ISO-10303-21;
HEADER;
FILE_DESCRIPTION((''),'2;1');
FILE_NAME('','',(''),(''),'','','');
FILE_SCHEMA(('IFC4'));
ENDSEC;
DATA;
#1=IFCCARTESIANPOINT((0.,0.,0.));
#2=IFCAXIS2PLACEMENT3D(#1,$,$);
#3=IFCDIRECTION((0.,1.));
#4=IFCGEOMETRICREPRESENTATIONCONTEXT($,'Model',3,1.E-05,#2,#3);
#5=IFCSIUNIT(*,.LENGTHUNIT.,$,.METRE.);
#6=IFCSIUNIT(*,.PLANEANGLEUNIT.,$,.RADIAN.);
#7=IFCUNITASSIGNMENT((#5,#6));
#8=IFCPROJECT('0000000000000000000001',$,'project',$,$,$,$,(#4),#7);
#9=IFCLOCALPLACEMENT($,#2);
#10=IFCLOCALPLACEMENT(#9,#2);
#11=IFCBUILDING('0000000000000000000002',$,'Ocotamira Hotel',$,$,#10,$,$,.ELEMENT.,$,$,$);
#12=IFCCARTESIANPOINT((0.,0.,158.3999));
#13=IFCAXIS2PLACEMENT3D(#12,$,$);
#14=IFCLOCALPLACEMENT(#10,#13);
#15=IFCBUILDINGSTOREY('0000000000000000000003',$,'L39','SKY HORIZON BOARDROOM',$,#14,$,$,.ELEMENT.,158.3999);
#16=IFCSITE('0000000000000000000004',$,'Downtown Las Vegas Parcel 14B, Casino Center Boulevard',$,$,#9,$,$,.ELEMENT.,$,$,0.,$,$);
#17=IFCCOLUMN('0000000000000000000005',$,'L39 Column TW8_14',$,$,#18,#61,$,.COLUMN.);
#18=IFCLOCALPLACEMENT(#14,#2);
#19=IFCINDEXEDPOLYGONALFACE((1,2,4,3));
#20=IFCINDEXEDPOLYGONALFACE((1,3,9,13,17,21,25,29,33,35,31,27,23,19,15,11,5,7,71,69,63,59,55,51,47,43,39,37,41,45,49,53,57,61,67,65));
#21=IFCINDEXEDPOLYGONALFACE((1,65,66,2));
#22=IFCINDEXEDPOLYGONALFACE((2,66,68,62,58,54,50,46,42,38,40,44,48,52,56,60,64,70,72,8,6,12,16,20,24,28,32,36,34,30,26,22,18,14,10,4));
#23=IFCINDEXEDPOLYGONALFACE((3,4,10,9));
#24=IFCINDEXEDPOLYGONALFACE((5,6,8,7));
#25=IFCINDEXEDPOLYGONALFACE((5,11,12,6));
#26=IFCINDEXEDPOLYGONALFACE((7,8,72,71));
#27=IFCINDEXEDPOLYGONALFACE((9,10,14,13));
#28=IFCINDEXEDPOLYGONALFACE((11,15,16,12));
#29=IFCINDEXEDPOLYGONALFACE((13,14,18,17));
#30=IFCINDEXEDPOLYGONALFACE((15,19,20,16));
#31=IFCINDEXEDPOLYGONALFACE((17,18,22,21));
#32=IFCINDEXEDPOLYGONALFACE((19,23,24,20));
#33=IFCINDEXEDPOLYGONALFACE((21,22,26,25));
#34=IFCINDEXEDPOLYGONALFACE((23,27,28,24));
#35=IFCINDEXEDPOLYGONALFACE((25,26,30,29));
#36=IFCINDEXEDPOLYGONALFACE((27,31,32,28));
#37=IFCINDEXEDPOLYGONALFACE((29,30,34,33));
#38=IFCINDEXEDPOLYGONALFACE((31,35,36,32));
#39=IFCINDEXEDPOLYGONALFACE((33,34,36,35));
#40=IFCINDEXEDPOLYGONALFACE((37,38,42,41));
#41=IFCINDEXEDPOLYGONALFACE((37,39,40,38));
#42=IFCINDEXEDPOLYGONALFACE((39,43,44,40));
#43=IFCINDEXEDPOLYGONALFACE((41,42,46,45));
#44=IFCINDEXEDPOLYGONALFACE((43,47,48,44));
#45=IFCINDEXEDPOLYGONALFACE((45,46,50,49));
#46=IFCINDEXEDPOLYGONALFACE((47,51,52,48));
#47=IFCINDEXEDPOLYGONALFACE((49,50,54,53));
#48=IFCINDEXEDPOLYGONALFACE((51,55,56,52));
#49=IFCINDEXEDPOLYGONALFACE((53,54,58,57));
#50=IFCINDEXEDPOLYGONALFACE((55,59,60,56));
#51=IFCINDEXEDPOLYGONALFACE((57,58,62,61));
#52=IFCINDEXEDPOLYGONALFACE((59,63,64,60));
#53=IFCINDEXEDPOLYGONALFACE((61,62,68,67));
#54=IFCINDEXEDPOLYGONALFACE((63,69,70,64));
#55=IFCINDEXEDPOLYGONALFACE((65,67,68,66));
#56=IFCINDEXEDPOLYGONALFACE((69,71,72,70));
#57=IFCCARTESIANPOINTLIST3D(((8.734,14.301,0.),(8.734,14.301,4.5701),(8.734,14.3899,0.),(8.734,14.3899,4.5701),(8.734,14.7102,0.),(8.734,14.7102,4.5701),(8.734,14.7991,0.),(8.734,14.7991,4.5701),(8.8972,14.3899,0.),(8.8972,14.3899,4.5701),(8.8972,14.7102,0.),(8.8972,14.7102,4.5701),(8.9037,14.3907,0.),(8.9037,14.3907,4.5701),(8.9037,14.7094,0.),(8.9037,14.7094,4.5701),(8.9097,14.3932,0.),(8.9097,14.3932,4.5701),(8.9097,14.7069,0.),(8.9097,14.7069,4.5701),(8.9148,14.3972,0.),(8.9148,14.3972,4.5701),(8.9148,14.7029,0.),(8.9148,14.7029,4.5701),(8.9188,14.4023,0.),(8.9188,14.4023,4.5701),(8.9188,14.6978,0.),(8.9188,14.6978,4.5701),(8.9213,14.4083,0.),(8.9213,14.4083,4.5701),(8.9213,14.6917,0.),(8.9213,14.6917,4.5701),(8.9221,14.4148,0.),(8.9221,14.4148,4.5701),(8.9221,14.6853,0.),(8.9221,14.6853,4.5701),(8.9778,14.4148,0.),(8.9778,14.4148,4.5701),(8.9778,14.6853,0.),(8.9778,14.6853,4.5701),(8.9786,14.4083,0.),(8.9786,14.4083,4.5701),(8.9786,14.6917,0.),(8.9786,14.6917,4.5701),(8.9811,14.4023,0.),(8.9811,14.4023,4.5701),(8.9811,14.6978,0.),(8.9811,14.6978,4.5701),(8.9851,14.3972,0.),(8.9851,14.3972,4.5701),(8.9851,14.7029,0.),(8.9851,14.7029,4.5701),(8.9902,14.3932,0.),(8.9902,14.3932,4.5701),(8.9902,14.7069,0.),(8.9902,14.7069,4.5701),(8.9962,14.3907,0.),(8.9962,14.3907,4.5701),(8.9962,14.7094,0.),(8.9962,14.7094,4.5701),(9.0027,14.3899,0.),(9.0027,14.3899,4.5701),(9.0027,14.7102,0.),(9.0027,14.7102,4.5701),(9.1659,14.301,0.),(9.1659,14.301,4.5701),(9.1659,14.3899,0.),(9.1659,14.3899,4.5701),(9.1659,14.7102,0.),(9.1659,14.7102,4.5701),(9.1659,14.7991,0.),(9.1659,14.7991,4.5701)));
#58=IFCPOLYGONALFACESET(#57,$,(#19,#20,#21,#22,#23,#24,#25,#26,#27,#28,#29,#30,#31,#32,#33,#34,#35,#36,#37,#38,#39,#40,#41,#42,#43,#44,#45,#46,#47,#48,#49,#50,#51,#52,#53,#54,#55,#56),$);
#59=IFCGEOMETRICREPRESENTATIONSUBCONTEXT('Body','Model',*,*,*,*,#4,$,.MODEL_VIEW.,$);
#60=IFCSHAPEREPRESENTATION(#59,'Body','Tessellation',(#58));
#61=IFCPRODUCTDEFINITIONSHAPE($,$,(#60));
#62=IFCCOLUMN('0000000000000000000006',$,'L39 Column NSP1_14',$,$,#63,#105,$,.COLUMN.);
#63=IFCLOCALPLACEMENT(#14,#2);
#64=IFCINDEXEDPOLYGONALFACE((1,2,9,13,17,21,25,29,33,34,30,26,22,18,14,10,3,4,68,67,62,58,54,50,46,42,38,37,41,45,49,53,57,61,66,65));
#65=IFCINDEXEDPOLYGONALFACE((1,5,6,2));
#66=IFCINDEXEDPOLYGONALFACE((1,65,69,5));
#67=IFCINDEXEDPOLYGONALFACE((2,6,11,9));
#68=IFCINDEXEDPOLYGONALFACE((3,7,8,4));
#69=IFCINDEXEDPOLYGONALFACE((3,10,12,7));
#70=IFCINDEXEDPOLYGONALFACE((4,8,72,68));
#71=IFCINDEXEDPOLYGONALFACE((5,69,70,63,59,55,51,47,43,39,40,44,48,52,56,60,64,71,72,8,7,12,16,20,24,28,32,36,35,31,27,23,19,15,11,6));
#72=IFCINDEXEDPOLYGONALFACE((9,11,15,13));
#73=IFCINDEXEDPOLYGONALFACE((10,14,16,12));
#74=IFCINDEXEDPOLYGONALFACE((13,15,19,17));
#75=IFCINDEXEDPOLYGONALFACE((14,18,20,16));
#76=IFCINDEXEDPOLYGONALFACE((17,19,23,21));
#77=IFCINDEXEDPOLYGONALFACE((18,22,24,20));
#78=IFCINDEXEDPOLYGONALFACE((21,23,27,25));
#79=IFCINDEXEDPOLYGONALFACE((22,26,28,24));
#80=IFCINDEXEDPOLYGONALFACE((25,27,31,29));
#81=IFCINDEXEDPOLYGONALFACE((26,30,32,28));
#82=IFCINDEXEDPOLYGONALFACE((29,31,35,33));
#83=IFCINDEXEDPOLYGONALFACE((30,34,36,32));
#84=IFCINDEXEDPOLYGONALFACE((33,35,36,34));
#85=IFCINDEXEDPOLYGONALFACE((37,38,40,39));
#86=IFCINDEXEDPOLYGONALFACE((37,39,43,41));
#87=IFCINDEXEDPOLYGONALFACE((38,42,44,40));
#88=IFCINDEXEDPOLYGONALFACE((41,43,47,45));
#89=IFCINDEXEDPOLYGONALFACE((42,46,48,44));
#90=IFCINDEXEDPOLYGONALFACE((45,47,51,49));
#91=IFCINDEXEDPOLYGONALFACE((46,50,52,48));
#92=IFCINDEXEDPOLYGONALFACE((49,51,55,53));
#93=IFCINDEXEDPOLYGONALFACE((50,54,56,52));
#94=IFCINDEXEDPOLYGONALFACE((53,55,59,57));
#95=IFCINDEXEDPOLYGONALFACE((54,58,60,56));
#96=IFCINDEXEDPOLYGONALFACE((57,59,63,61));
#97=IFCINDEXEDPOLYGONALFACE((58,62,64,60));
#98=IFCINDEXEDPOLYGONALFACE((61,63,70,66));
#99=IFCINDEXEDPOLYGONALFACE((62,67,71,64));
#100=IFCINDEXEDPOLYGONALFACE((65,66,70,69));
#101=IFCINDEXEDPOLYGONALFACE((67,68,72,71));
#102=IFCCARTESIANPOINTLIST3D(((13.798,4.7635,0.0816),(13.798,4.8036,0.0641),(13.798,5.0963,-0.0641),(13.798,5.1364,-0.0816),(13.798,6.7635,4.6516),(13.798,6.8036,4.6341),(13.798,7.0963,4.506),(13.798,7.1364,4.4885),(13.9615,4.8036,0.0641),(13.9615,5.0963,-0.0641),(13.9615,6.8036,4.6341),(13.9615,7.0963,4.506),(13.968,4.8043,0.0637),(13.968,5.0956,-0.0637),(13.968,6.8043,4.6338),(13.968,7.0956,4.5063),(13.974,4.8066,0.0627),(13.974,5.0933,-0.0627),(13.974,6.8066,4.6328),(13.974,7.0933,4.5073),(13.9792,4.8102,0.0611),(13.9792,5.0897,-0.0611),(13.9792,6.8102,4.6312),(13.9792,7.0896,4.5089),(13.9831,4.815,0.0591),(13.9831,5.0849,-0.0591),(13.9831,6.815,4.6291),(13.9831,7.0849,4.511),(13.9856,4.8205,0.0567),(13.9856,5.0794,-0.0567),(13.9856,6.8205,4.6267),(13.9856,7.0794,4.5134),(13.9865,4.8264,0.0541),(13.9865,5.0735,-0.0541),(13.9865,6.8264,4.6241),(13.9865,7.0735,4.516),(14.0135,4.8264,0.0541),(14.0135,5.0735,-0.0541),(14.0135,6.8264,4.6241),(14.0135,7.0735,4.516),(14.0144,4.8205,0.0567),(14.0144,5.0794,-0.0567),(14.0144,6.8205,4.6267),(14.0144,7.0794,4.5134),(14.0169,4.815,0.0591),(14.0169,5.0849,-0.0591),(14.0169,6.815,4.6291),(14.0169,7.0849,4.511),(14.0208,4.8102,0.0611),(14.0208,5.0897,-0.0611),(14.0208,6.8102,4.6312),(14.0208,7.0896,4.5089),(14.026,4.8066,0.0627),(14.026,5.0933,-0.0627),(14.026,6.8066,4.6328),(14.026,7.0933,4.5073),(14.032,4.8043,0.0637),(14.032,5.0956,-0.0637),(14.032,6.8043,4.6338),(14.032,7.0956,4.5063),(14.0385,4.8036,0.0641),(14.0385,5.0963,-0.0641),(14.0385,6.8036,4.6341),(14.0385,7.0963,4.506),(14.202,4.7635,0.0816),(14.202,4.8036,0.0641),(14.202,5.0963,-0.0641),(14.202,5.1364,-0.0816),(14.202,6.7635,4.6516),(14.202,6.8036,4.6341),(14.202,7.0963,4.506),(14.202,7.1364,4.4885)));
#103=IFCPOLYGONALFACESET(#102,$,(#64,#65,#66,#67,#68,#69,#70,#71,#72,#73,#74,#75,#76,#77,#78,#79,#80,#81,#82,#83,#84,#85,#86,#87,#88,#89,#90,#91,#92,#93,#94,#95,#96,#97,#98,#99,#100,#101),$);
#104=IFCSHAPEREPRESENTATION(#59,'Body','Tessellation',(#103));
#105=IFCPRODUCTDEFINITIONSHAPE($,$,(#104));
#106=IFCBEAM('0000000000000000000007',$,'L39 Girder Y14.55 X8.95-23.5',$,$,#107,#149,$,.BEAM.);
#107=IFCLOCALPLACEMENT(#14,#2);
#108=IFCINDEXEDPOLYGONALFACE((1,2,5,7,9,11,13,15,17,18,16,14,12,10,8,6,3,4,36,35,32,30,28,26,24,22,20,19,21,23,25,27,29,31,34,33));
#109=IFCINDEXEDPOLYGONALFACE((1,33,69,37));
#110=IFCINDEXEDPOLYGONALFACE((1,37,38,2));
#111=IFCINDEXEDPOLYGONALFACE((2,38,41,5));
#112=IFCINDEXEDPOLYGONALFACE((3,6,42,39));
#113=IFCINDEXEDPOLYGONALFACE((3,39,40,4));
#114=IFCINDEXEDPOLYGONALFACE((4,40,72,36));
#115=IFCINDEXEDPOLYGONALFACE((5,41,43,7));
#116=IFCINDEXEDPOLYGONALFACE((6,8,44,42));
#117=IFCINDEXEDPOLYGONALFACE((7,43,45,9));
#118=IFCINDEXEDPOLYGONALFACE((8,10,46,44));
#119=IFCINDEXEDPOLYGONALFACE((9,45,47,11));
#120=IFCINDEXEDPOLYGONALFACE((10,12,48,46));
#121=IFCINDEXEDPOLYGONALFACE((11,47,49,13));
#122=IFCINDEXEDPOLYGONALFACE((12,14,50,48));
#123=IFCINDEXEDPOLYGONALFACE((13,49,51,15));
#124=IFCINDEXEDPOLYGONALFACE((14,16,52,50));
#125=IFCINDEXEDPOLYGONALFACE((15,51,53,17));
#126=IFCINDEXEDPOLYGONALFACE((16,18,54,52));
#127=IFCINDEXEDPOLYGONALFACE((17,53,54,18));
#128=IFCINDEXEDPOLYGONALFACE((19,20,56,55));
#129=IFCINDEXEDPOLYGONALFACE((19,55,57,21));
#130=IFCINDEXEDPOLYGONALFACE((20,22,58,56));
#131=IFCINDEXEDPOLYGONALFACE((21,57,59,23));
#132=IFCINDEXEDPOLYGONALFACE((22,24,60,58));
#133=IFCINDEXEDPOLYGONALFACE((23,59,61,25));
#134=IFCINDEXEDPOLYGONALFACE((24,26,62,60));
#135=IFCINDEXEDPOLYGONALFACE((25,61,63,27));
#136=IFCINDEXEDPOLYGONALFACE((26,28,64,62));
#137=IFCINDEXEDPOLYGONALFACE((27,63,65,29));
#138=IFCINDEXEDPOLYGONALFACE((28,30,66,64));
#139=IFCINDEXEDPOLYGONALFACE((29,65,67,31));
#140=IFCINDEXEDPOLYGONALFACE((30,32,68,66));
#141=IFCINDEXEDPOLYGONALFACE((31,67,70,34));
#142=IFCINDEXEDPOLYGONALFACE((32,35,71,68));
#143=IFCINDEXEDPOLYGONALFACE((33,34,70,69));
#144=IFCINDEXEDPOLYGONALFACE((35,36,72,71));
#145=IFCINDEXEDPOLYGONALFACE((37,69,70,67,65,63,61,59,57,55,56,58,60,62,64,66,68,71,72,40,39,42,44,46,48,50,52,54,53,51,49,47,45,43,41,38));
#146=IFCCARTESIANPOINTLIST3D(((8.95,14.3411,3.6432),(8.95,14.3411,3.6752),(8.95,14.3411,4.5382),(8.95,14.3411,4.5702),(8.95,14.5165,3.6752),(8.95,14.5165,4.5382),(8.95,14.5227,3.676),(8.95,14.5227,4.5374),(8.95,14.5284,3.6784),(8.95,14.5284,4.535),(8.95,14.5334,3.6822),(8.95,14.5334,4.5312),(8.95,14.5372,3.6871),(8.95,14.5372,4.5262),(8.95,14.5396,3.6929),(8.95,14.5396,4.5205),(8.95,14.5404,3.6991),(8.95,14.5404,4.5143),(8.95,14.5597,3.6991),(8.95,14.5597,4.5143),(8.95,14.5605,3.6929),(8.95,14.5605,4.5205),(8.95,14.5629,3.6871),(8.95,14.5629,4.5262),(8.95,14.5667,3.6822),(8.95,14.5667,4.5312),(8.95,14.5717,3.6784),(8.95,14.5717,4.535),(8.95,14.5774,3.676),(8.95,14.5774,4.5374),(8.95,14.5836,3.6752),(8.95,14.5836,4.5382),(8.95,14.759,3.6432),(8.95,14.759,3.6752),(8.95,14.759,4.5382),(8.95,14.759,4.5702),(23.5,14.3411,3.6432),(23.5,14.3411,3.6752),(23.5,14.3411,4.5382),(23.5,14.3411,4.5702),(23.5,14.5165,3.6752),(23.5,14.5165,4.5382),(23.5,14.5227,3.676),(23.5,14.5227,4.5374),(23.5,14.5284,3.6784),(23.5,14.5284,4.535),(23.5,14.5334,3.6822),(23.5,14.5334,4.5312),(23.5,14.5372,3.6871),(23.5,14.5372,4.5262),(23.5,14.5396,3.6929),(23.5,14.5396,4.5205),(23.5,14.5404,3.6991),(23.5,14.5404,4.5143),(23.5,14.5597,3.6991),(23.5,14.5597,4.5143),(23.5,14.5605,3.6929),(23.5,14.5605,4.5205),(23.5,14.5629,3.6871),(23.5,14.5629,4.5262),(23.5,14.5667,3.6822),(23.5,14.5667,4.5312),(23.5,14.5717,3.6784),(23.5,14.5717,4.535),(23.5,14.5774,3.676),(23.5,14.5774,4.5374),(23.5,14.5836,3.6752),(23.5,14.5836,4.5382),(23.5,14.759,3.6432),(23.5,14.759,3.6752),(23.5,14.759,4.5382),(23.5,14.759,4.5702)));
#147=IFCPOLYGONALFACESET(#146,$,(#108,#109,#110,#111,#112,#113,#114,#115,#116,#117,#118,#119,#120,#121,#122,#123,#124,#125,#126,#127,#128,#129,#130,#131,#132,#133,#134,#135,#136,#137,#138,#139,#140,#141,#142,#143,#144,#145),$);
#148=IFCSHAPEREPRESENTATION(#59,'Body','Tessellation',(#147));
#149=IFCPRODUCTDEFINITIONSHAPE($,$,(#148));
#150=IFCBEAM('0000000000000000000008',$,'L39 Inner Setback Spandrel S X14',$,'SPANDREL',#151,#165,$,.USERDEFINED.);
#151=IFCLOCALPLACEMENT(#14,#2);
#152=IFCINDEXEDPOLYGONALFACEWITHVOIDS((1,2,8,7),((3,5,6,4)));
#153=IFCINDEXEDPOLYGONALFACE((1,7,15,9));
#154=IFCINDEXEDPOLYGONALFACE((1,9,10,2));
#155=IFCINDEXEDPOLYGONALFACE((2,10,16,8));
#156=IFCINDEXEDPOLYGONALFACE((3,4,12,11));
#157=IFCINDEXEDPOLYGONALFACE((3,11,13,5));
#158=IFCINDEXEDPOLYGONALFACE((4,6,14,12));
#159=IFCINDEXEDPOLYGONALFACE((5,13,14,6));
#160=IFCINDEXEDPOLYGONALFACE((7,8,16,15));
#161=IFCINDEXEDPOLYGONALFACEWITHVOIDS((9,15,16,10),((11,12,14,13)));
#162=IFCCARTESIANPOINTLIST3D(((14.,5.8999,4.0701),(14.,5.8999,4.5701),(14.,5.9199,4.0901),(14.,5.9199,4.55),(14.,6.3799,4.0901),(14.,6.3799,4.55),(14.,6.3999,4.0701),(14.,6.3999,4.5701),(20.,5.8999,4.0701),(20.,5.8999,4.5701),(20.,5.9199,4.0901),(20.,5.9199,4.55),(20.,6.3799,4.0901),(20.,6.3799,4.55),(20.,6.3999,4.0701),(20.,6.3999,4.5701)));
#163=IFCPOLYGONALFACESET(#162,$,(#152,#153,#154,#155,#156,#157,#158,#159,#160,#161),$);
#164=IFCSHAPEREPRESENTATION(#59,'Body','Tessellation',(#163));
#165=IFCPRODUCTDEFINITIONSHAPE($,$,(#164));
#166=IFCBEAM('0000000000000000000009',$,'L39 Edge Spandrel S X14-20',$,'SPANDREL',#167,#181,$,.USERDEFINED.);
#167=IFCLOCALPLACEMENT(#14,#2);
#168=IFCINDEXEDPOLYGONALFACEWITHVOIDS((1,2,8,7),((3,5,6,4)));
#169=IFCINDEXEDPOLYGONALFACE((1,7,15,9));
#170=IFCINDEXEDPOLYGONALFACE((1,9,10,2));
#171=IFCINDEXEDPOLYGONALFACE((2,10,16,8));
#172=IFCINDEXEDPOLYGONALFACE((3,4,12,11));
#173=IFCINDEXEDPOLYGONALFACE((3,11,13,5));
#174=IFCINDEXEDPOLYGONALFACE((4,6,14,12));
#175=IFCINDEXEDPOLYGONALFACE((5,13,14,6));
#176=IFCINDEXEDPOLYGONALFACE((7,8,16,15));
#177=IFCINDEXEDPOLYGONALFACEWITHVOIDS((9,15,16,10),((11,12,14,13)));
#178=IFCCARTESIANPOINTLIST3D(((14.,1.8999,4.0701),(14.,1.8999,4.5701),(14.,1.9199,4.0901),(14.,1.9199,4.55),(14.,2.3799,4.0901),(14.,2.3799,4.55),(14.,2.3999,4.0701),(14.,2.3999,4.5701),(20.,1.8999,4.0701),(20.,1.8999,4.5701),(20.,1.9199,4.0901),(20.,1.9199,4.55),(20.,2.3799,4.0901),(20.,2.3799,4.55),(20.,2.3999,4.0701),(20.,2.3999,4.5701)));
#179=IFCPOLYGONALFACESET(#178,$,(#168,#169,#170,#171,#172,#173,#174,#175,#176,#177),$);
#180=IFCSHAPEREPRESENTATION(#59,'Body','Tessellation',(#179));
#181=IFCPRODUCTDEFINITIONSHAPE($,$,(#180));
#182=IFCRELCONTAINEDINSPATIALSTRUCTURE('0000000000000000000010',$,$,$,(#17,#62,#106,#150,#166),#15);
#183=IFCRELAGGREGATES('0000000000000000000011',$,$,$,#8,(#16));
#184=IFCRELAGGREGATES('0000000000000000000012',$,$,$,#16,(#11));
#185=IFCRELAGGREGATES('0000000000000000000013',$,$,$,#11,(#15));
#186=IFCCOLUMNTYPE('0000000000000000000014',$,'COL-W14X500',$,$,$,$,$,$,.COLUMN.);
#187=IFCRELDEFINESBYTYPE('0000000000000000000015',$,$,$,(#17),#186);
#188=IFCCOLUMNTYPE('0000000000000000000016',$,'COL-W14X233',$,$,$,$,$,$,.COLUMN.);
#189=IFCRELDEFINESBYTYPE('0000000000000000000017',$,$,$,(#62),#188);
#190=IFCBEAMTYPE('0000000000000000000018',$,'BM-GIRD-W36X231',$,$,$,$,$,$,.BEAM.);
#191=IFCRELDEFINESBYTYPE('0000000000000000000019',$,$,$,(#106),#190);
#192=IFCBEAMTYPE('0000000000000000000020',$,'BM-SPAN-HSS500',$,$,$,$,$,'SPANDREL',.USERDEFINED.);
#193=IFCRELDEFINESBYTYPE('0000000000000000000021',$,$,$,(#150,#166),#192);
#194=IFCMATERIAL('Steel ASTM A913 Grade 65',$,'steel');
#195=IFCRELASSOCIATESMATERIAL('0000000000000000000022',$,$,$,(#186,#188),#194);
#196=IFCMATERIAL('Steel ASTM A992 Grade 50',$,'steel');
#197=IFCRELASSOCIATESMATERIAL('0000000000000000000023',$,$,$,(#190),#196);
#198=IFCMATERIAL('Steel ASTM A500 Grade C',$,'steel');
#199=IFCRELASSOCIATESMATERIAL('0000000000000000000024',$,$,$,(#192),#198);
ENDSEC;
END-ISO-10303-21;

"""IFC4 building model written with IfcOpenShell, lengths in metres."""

from ifc_helpers import new_model, si_unit, direction, frame, origin, origin_2d, place, context, subcontext, project, spatial, hollow_rectangle, i_section, extrude, source, transform, mapped, material, material_profile, profile_set, type_object, element, save


model = new_model("IFC4")

# Units and contexts
model_context = context("Model", 3, precision=1e-05, world=origin(), true_north=direction((0.0, 1.0)))
body_context = subcontext(model_context, "Body", "Model", "MODEL_VIEW")
ifc_project = project(units=[si_unit("LENGTHUNIT", "METRE"), si_unit("PLANEANGLEUNIT", "RADIAN")], contexts=[model_context])

# Site, building, storey
site_placement = place(None, origin())
site = spatial("IfcSite", under=ifc_project, at=site_placement, Name="Downtown Las Vegas Parcel 14B, Casino Center Boulevard", CompositionType="ELEMENT", RefElevation=0.0)
building_placement = place(site_placement, origin())
building = spatial("IfcBuilding", under=site, at=building_placement, Name="Ocotamira Hotel", CompositionType="ELEMENT")
storey_placement = place(building_placement, frame((0.0, 0.0, 158.3999)))
storey = spatial("IfcBuildingStorey", under=building, at=storey_placement, Name="L39", Description="SKY HORIZON BOARDROOM", CompositionType="ELEMENT", Elevation=158.3999)

# Columns
ifc_material_1 = material(Name="Steel ASTM A913 Grade 65", Category="steel")
ifc_material_profile_1 = material_profile(ifc_material_1, i_section(OverallWidth=0.4319, OverallDepth=0.498, WebThickness=0.0557, FlangeThickness=0.0889, FilletRadius=0.0249, at=origin_2d()), Name="W14X500")
ifc_profile_set_1 = profile_set([ifc_material_profile_1], Name="Steel ASTM A913 Grade 65")
column_type_1 = type_object("IfcColumnType", Name="COL-W14X500", PredefinedType="COLUMN", material=ifc_profile_set_1)
shared_shape_1 = source(origin(), body_context, "Body", "SweptSolid", [
    extrude(i_section(OverallWidth=0.4319, OverallDepth=0.498, WebThickness=0.0557, FlangeThickness=0.0889, FilletRadius=0.0249, at=origin_2d()), origin(), (0.0, 0.0, 1.0), 4.5701),
])
column_1_placement = place(storey_placement, frame((8.95, 14.55, 0.0), z_axis=(0.0, 0.0, 1.0), x_axis=(1.0, 0.0, 0.0)))
element("IfcColumn", 1, at=column_1_placement, inside=storey, type_object=column_type_1, Name="L39 Column TW8_14", PredefinedType="COLUMN", context=body_context, shape_type="MappedRepresentation", body=[
    mapped(shared_shape_1, transform((0.0, 0.0, 0.0), scale=1.0)),
])
ifc_material_profile_2 = material_profile(ifc_material_1, i_section(OverallWidth=0.4041, OverallDepth=0.407, WebThickness=0.0271, FlangeThickness=0.0437, FilletRadius=0.0249, at=origin_2d()), Name="W14X233")
ifc_profile_set_2 = profile_set([ifc_material_profile_2], Name="Steel ASTM A913 Grade 65")
column_type_2 = type_object("IfcColumnType", Name="COL-W14X233", PredefinedType="COLUMN", material=ifc_profile_set_2)
shared_shape_2 = source(origin(), body_context, "Body", "SweptSolid", [
    extrude(i_section(OverallWidth=0.4041, OverallDepth=0.407, WebThickness=0.0271, FlangeThickness=0.0437, FilletRadius=0.0249, at=origin_2d()), origin(), (0.0, 0.0, 1.0), 4.9885),
])
column_2_placement = place(storey_placement, frame((14.0, 4.95, 0.0), z_axis=(0.0, 0.400919, 0.916114), x_axis=(-1.0, 0.0, 0.0)))
element("IfcColumn", 2, at=column_2_placement, inside=storey, type_object=column_type_2, Name="L39 Column NSP1_14", PredefinedType="COLUMN", context=body_context, shape_type="MappedRepresentation", body=[
    mapped(shared_shape_2, transform((0.0, 0.0, 0.0), scale=1.0)),
])

# Beams
ifc_material_2 = material(Name="Steel ASTM A992 Grade 50", Category="steel")
ifc_material_profile_3 = material_profile(ifc_material_2, i_section(OverallWidth=0.418, OverallDepth=0.927, WebThickness=0.0193, FlangeThickness=0.032, FilletRadius=0.0239, at=origin_2d()), Name="W36X231")
ifc_profile_set_3 = profile_set([ifc_material_profile_3], Name="Steel ASTM A992 Grade 50")
beam_type_1 = type_object("IfcBeamType", Name="BM-GIRD-W36X231", PredefinedType="BEAM", material=ifc_profile_set_3)
shared_shape_3 = source(origin(), body_context, "Body", "SweptSolid", [
    extrude(i_section(OverallWidth=0.418, OverallDepth=0.927, WebThickness=0.0193, FlangeThickness=0.032, FilletRadius=0.0239, at=origin_2d()), origin(), (0.0, 0.0, 1.0), 14.55),
])
beam_1_placement = place(storey_placement, frame((8.95, 14.55, 4.1067), z_axis=(1.0, 0.0, 0.0), x_axis=(0.0, 1.0, 0.0)))
element("IfcBeam", 3, at=beam_1_placement, inside=storey, type_object=beam_type_1, Name="L39 Girder Y14.55 X8.95-23.5", PredefinedType="BEAM", context=body_context, shape_type="MappedRepresentation", body=[
    mapped(shared_shape_3, transform((0.0, 0.0, 0.0), scale=1.0)),
])
ifc_material_3 = material(Name="Steel ASTM A500 Grade C", Category="steel")
ifc_material_profile_4 = material_profile(ifc_material_3, hollow_rectangle(XDim=0.5, YDim=0.5, WallThickness=0.02, at=origin_2d()), Name="HSS500X500X20")
ifc_profile_set_4 = profile_set([ifc_material_profile_4], Name="Steel ASTM A500 Grade C")
beam_type_2 = type_object("IfcBeamType", Name="BM-SPAN-HSS500", ElementType="SPANDREL", PredefinedType="USERDEFINED", material=ifc_profile_set_4)
shared_shape_4 = source(origin(), body_context, "Body", "SweptSolid", [
    extrude(hollow_rectangle(XDim=0.5, YDim=0.5, WallThickness=0.02, at=origin_2d()), origin(), (0.0, 0.0, 1.0), 6.0),
])
for number, where, z_axis, x_axis, name in (
    (4, (14.0, 6.1499, 4.3201), (1.0, 0.0, 0.0), (0.0, 1.0, 0.0), "L39 Inner Setback Spandrel S X14"),
    (5, (14.0, 2.1499, 4.3201), (1.0, 0.0, 0.0), (0.0, 1.0, 0.0), "L39 Edge Spandrel S X14-20"),
):
    element("IfcBeam", number, at=place(storey_placement, frame(where, z_axis=z_axis, x_axis=x_axis)), inside=storey, type_object=beam_type_2, Name=name, ObjectType="SPANDREL", PredefinedType="USERDEFINED", context=body_context, shape_type="MappedRepresentation", body=[
        mapped(shared_shape_4, transform((0.0, 0.0, 0.0), scale=1.0)),
    ])

save(model, "model.ifc")
